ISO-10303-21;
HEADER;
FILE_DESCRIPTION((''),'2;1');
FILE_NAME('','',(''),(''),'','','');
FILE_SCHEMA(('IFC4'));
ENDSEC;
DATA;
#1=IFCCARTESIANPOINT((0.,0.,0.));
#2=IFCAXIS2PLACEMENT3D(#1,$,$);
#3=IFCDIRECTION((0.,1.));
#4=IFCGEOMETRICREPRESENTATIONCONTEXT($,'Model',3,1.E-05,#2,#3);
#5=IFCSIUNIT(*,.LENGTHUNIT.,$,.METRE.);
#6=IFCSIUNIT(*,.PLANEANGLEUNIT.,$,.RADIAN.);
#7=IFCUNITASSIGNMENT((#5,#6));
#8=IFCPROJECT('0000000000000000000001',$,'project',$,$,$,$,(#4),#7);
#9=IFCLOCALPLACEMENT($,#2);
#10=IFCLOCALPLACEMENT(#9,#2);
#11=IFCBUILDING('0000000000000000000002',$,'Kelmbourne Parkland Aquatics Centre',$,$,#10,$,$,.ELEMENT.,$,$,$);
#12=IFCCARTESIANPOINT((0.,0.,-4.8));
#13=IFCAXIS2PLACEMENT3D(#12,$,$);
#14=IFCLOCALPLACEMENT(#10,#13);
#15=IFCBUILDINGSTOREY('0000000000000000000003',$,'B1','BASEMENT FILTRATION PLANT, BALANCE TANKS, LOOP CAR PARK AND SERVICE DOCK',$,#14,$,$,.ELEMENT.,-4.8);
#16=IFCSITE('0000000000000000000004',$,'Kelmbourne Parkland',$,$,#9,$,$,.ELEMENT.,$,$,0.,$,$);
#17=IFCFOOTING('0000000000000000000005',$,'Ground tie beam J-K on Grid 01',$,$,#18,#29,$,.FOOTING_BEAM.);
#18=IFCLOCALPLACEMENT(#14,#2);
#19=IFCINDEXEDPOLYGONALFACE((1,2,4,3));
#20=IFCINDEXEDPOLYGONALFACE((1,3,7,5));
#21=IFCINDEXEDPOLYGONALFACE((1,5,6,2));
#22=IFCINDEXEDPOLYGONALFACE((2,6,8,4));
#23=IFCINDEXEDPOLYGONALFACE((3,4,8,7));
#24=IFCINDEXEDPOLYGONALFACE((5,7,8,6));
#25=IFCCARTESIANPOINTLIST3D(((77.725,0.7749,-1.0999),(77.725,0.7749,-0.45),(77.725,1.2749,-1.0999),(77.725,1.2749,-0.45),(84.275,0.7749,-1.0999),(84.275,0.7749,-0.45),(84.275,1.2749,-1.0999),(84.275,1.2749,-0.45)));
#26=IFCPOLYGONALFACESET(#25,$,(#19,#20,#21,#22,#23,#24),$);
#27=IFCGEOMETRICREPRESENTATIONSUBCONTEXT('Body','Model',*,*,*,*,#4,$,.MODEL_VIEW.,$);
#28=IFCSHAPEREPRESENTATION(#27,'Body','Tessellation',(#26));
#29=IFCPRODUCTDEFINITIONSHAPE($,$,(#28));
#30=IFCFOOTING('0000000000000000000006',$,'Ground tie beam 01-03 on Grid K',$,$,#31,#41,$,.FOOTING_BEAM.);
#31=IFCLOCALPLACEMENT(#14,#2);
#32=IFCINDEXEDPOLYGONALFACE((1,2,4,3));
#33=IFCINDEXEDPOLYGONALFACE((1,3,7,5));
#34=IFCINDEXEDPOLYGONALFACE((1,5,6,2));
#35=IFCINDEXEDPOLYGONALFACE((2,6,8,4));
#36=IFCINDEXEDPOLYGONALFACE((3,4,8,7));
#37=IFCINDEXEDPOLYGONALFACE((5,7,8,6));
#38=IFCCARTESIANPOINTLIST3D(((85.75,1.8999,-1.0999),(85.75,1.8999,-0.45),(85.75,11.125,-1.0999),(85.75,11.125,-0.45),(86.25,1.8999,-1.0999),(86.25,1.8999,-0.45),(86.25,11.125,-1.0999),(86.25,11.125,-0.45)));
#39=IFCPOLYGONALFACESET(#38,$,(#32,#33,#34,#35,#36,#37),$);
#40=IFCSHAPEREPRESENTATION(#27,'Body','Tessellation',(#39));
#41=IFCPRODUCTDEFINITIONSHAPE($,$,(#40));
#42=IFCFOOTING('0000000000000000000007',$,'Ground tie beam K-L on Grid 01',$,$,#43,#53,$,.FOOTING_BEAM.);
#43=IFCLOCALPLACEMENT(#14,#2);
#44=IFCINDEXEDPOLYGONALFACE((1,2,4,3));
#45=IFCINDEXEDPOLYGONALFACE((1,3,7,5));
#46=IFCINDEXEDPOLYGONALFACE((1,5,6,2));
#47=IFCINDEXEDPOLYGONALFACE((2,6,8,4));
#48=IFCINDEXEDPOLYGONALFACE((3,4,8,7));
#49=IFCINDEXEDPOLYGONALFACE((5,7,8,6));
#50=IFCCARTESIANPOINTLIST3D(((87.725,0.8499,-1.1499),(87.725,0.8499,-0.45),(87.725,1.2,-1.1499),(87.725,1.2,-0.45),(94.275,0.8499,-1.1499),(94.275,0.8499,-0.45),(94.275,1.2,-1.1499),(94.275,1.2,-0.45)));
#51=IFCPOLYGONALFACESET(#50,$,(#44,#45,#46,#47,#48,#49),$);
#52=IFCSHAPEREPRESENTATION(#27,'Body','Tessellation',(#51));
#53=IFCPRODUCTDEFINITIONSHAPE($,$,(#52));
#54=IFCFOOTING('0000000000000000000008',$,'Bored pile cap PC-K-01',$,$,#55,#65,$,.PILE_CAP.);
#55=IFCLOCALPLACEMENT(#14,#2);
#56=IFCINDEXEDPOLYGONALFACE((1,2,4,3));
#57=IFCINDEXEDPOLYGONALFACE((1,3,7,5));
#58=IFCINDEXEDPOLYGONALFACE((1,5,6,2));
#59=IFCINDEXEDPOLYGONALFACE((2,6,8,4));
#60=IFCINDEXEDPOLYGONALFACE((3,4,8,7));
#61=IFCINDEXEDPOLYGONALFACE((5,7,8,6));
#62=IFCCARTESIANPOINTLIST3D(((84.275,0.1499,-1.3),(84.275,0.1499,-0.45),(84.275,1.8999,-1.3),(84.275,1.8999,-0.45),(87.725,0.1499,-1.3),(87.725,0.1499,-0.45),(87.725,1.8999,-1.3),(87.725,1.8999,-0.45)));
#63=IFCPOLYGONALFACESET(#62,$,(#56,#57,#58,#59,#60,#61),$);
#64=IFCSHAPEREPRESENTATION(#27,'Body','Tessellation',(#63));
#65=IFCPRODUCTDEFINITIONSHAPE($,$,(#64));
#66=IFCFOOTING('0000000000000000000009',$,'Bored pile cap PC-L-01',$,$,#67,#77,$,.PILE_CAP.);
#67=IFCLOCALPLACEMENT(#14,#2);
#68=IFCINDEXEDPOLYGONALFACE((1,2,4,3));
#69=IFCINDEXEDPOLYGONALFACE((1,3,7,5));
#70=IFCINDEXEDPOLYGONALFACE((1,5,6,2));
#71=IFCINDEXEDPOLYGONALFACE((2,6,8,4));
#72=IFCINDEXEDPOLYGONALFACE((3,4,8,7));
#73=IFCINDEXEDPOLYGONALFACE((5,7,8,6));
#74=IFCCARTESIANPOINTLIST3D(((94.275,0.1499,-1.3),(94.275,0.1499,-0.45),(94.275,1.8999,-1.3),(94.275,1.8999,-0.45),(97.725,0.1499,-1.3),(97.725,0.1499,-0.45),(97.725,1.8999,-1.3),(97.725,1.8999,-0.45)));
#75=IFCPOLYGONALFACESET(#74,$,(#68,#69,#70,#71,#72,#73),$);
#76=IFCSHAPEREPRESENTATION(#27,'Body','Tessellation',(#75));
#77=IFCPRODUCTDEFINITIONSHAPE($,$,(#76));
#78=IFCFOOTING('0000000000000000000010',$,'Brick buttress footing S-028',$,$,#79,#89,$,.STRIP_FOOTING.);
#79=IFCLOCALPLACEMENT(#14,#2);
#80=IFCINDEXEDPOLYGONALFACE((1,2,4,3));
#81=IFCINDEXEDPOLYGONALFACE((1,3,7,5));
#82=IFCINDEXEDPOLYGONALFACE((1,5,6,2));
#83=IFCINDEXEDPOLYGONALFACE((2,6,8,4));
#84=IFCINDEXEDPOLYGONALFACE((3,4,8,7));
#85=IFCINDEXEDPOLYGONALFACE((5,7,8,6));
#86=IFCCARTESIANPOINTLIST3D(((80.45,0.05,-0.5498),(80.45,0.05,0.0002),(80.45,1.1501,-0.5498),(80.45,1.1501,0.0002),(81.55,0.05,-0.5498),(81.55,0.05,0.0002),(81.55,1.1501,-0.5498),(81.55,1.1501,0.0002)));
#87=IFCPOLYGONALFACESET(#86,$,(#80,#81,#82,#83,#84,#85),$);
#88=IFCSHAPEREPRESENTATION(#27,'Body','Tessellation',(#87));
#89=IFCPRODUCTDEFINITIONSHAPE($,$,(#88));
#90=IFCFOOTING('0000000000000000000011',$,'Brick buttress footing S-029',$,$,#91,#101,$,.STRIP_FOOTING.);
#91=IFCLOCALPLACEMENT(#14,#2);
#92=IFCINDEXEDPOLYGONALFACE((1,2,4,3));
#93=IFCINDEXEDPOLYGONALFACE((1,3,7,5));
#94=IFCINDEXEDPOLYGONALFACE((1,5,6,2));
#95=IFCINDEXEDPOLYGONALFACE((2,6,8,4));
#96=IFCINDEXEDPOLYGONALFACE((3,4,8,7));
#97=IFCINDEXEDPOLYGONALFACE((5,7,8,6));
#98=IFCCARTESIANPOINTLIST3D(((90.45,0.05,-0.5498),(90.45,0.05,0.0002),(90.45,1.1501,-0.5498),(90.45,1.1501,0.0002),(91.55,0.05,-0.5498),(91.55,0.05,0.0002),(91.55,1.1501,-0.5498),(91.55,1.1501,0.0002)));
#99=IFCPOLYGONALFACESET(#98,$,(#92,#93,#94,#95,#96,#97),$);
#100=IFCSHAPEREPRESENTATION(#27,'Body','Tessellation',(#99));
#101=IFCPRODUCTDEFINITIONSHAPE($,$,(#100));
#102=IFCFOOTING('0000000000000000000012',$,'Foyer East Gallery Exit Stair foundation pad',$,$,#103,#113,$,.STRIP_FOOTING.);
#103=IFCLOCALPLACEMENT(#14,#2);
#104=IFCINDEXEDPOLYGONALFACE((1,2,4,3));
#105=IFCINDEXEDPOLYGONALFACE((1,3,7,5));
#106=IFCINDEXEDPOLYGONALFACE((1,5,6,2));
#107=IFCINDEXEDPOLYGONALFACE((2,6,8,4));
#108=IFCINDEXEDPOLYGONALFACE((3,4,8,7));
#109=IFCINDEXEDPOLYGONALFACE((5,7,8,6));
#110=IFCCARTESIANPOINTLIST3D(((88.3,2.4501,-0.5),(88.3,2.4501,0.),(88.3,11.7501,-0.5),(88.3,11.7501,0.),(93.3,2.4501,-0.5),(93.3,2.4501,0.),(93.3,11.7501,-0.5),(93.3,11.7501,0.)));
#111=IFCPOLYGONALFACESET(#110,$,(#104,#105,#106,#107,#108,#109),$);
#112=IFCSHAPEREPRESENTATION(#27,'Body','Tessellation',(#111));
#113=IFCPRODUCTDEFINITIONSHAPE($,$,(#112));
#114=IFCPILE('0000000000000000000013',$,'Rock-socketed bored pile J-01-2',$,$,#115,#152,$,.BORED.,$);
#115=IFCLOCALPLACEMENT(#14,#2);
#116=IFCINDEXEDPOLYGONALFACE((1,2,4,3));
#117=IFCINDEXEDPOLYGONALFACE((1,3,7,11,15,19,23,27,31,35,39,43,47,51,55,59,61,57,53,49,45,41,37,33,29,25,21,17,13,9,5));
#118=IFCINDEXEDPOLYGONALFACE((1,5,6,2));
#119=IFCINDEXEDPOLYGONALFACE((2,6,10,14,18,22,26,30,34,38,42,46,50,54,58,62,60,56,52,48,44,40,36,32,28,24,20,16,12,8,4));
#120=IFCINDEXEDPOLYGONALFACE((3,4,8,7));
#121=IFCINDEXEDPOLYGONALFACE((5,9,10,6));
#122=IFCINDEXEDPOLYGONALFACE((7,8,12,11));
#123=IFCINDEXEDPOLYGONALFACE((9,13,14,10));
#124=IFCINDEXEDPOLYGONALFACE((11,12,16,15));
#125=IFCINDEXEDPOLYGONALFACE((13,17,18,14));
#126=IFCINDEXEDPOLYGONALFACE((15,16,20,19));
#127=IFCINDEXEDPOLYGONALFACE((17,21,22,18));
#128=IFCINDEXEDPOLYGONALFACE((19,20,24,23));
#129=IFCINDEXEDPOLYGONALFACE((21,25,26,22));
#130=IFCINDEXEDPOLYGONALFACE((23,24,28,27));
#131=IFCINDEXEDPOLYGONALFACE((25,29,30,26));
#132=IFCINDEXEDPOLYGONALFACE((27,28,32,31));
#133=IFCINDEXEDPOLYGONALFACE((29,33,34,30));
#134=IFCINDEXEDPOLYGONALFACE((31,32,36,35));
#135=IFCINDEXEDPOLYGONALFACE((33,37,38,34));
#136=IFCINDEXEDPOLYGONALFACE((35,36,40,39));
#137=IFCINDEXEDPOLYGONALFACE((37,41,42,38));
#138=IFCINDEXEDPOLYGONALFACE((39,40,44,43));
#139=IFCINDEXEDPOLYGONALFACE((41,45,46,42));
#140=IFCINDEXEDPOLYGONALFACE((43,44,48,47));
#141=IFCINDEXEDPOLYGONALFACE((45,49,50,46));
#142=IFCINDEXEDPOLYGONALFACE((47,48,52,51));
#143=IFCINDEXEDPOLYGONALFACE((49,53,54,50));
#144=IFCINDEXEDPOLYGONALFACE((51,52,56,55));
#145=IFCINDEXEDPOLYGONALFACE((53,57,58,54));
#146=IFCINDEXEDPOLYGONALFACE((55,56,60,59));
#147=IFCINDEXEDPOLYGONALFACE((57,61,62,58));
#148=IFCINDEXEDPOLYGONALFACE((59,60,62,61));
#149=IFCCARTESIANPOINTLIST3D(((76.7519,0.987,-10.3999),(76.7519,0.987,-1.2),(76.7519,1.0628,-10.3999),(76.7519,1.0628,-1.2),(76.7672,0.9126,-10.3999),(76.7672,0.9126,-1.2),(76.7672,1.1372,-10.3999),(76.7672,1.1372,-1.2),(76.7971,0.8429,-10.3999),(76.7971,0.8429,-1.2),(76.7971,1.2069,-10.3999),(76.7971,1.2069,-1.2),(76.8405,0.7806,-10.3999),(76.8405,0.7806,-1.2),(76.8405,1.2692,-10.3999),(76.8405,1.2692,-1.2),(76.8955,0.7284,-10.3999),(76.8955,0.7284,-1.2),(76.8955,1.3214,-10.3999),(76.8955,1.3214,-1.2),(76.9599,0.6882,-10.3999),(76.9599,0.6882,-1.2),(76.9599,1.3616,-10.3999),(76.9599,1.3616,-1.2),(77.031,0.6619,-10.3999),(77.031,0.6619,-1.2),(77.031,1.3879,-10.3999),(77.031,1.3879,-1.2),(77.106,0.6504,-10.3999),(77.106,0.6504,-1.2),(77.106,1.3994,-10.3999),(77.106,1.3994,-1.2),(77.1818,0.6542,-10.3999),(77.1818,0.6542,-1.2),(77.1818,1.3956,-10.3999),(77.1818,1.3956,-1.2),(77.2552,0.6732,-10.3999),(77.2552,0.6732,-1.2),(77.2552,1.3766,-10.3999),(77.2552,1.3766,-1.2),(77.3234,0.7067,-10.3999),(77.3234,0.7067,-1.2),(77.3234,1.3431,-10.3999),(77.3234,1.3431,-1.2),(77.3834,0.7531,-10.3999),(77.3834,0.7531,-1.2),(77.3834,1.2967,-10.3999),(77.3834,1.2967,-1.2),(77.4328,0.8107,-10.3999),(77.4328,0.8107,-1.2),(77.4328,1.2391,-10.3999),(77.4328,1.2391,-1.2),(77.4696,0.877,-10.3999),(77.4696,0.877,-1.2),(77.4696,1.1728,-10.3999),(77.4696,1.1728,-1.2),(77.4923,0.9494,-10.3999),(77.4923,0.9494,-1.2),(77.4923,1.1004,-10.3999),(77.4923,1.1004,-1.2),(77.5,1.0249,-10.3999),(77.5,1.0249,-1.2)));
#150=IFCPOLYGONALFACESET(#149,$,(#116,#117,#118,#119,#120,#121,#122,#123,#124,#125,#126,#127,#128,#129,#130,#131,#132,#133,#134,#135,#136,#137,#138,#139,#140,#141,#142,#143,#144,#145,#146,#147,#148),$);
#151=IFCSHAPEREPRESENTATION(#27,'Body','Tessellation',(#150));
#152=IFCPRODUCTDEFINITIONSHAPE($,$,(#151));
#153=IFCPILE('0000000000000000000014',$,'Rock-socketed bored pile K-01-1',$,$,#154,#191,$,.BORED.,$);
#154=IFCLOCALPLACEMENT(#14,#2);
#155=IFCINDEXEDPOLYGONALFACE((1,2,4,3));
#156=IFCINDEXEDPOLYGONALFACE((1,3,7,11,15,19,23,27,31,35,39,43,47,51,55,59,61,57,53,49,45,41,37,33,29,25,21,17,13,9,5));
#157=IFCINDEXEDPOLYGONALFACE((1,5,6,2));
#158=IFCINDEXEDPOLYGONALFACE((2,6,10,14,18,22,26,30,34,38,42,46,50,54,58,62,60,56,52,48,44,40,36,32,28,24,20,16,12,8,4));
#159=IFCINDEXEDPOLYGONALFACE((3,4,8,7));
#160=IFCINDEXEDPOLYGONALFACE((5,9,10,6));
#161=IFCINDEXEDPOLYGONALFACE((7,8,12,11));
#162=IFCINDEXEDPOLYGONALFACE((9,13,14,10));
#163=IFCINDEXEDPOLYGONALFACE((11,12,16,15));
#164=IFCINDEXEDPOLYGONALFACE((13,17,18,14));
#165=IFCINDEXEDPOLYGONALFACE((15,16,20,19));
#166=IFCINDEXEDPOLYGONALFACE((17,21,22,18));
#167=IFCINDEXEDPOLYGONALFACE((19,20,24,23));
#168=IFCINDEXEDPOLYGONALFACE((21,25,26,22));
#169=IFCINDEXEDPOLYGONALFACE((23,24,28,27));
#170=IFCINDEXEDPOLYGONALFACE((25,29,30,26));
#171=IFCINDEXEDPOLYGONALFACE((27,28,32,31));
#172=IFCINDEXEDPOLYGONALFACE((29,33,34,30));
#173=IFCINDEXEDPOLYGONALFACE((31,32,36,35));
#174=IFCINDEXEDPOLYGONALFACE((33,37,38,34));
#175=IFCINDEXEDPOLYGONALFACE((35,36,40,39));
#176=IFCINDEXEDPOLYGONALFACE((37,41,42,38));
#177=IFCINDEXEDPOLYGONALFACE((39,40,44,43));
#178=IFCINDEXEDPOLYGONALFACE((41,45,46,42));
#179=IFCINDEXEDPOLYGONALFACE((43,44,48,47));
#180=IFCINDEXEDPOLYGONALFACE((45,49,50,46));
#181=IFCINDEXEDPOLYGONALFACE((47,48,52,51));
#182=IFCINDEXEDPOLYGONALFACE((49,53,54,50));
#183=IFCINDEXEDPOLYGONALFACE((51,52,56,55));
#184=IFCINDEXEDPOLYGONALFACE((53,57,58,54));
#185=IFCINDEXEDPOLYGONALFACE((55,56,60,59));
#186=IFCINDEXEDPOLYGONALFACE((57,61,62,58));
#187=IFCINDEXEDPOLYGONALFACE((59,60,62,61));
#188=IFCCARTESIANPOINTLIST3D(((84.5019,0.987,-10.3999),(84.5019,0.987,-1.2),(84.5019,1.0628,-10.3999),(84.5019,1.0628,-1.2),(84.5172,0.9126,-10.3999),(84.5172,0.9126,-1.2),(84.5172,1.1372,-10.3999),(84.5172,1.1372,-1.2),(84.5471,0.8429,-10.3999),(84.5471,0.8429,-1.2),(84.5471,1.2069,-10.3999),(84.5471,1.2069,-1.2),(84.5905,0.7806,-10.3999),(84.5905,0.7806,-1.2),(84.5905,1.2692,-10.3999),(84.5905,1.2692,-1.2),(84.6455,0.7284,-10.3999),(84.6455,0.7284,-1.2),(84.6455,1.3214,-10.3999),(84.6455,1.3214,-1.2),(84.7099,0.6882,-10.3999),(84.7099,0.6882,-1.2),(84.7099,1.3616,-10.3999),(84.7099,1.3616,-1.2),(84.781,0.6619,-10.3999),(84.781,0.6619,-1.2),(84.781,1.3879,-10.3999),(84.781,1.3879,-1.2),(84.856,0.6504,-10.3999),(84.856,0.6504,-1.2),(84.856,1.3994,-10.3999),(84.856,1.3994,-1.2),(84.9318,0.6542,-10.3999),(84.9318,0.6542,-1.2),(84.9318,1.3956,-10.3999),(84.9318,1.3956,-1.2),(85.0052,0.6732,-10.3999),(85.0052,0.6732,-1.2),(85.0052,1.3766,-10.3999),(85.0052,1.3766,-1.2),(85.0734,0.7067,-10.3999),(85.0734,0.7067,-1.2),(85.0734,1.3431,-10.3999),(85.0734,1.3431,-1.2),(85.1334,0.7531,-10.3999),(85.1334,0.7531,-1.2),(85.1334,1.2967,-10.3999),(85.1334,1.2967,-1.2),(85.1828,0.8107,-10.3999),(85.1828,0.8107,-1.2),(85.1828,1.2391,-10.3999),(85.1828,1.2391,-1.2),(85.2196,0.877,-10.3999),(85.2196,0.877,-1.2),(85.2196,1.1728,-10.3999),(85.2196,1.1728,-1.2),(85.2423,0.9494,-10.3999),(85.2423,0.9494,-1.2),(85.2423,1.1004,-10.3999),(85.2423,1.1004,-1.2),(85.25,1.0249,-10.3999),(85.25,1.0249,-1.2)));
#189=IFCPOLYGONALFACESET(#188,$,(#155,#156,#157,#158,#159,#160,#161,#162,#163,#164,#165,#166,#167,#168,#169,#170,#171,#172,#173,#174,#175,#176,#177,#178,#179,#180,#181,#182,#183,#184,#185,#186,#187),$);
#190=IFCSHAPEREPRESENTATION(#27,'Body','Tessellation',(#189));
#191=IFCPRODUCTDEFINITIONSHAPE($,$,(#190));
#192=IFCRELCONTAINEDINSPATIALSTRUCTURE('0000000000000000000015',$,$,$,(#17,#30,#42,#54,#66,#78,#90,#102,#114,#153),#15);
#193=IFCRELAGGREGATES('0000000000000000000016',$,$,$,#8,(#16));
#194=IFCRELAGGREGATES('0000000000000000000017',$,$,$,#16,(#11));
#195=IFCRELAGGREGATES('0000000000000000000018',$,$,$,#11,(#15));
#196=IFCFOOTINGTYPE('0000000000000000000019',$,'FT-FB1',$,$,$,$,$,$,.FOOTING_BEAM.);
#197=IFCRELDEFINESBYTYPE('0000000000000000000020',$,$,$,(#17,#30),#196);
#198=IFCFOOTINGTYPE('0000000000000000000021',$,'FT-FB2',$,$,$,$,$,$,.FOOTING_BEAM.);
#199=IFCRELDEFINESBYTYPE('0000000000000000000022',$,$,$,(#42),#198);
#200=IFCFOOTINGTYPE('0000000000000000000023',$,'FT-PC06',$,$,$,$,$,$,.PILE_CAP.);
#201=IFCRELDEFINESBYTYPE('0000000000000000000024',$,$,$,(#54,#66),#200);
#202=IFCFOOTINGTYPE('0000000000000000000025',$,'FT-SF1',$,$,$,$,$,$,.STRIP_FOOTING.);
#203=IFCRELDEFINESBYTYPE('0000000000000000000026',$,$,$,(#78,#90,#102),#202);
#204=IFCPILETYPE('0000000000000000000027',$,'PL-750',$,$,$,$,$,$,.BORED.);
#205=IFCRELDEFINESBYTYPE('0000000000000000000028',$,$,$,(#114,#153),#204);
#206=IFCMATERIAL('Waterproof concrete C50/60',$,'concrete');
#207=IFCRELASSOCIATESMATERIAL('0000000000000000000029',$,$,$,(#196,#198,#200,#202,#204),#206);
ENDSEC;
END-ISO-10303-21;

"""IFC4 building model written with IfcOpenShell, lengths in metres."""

from ifc_helpers import new_model, si_unit, direction, frame, origin, origin_2d, place, context, subcontext, project, spatial, rectangle, circle, extrude, material, material_profile, profile_set, type_object, element, save


model = new_model("IFC4")

# Units and contexts
model_context = context("Model", 3, precision=1e-05, world=origin(), true_north=direction((0.0, 1.0)))
body_context = subcontext(model_context, "Body", "Model", "MODEL_VIEW")
ifc_project = project(units=[si_unit("LENGTHUNIT", "METRE"), si_unit("PLANEANGLEUNIT", "RADIAN")], contexts=[model_context])

# Site, building, storey
site_placement = place(None, origin())
site = spatial("IfcSite", under=ifc_project, at=site_placement, Name="Kelmbourne Parkland", CompositionType="ELEMENT", RefElevation=0.0)
building_placement = place(site_placement, origin())
building = spatial("IfcBuilding", under=site, at=building_placement, Name="Kelmbourne Parkland Aquatics Centre", CompositionType="ELEMENT")
storey_placement = place(building_placement, frame((0.0, 0.0, -4.8)))
storey = spatial("IfcBuildingStorey", under=building, at=storey_placement, Name="B1", Description="BASEMENT FILTRATION PLANT, BALANCE TANKS, LOOP CAR PARK AND SERVICE DOCK", CompositionType="ELEMENT", Elevation=-4.8)

# Footings
ifc_material_1 = material(Name="Waterproof concrete C50/60", Category="concrete")
footing_type_1 = type_object("IfcFootingType", Name="FT-FB1", PredefinedType="FOOTING_BEAM", material=ifc_material_1)
footing_1_placement = place(storey_placement, frame((81.0, 1.0249, -1.0999), z_axis=(0.0, 0.0, 1.0), x_axis=(1.0, 0.0, 0.0)))
element("IfcFooting", 1, at=footing_1_placement, inside=storey, type_object=footing_type_1, Name="Ground tie beam J-K on Grid 01", PredefinedType="FOOTING_BEAM", context=body_context, shape_type="SweptSolid", body=[
    extrude(rectangle(XDim=6.55, YDim=0.5, at=origin_2d()), origin(), (0.0, 0.0, 1.0), 0.6499),
])
footing_2_placement = place(storey_placement, frame((86.0, 6.5125, -1.0999), z_axis=(0.0, 0.0, 1.0), x_axis=(0.0, 1.0, 0.0)))
element("IfcFooting", 2, at=footing_2_placement, inside=storey, type_object=footing_type_1, Name="Ground tie beam 01-03 on Grid K", PredefinedType="FOOTING_BEAM", context=body_context, shape_type="SweptSolid", body=[
    extrude(rectangle(XDim=9.2251, YDim=0.5, at=origin_2d()), origin(), (0.0, 0.0, 1.0), 0.6499),
])
footing_type_2 = type_object("IfcFootingType", Name="FT-FB2", PredefinedType="FOOTING_BEAM", material=ifc_material_1)
footing_3_placement = place(storey_placement, frame((91.0, 1.0249, -1.1499), z_axis=(0.0, 0.0, 1.0), x_axis=(1.0, 0.0, 0.0)))
element("IfcFooting", 3, at=footing_3_placement, inside=storey, type_object=footing_type_2, Name="Ground tie beam K-L on Grid 01", PredefinedType="FOOTING_BEAM", context=body_context, shape_type="SweptSolid", body=[
    extrude(rectangle(XDim=6.55, YDim=0.3501, at=origin_2d()), origin(), (0.0, 0.0, 1.0), 0.7),
])
footing_type_3 = type_object("IfcFootingType", Name="FT-PC06", PredefinedType="PILE_CAP", material=ifc_material_1)
for number, where, z_axis, x_axis, name in (
    (4, (86.0, 1.0249, -1.3), (0.0, 0.0, 1.0), (1.0, 0.0, 0.0), "Bored pile cap PC-K-01"),
    (5, (96.0, 1.0249, -1.3), (0.0, 0.0, 1.0), (1.0, 0.0, 0.0), "Bored pile cap PC-L-01"),
):
    element("IfcFooting", number, at=place(storey_placement, frame(where, z_axis=z_axis, x_axis=x_axis)), inside=storey, type_object=footing_type_3, Name=name, PredefinedType="PILE_CAP", context=body_context, shape_type="SweptSolid", body=[
        extrude(rectangle(XDim=3.45, YDim=1.75, at=origin_2d()), origin(), (0.0, 0.0, 1.0), 0.8501),
    ])
footing_type_4 = type_object("IfcFootingType", Name="FT-SF1", PredefinedType="STRIP_FOOTING", material=ifc_material_1)
for number, where, z_axis, x_axis, name in (
    (6, (81.0, 0.6001, -0.5498), (0.0, 0.0, 1.0), (1.0, 0.0, 0.0), "Brick buttress footing S-028"),
    (7, (91.0, 0.6001, -0.5498), (0.0, 0.0, 1.0), (1.0, 0.0, 0.0), "Brick buttress footing S-029"),
):
    element("IfcFooting", number, at=place(storey_placement, frame(where, z_axis=z_axis, x_axis=x_axis)), inside=storey, type_object=footing_type_4, Name=name, PredefinedType="STRIP_FOOTING", context=body_context, shape_type="SweptSolid", body=[
        extrude(rectangle(XDim=1.1001, YDim=1.1001, at=origin_2d()), origin(), (0.0, 0.0, 1.0), 0.55),
    ])
footing_4_placement = place(storey_placement, frame((90.8, 7.1001, -0.5), z_axis=(0.0, 0.0, 1.0), x_axis=(1.0, 0.0, 0.0)))
element("IfcFooting", 8, at=footing_4_placement, inside=storey, type_object=footing_type_4, Name="Foyer East Gallery Exit Stair foundation pad", PredefinedType="STRIP_FOOTING", context=body_context, shape_type="SweptSolid", body=[
    extrude(rectangle(XDim=5.0, YDim=9.3, at=origin_2d()), origin(), (0.0, 0.0, 1.0), 0.5),
])

# Piles
ifc_material_profile_1 = material_profile(ifc_material_1, circle(Radius=0.375, at=origin_2d()), Name="PILE D750")
ifc_profile_set_1 = profile_set([ifc_material_profile_1], Name="Waterproof concrete C50/60")
pile_type = type_object("IfcPileType", Name="PL-750", PredefinedType="BORED", material=ifc_profile_set_1)
for number, where, z_axis, x_axis, name in (
    (9, (77.125, 1.0249, -1.2), (0.0, 0.0, -1.0), (1.0, 0.0, 0.0), "Rock-socketed bored pile J-01-2"),
    (10, (84.875, 1.0249, -1.2), (0.0, 0.0, -1.0), (1.0, 0.0, 0.0), "Rock-socketed bored pile K-01-1"),
):
    element("IfcPile", number, at=place(storey_placement, frame(where, z_axis=z_axis, x_axis=x_axis)), inside=storey, type_object=pile_type, Name=name, PredefinedType="BORED", context=body_context, shape_type="SweptSolid", body=[
        extrude(circle(Radius=0.375, at=origin_2d()), origin(), (0.0, 0.0, 1.0), 9.2),
    ])

save(model, "model.ifc")
